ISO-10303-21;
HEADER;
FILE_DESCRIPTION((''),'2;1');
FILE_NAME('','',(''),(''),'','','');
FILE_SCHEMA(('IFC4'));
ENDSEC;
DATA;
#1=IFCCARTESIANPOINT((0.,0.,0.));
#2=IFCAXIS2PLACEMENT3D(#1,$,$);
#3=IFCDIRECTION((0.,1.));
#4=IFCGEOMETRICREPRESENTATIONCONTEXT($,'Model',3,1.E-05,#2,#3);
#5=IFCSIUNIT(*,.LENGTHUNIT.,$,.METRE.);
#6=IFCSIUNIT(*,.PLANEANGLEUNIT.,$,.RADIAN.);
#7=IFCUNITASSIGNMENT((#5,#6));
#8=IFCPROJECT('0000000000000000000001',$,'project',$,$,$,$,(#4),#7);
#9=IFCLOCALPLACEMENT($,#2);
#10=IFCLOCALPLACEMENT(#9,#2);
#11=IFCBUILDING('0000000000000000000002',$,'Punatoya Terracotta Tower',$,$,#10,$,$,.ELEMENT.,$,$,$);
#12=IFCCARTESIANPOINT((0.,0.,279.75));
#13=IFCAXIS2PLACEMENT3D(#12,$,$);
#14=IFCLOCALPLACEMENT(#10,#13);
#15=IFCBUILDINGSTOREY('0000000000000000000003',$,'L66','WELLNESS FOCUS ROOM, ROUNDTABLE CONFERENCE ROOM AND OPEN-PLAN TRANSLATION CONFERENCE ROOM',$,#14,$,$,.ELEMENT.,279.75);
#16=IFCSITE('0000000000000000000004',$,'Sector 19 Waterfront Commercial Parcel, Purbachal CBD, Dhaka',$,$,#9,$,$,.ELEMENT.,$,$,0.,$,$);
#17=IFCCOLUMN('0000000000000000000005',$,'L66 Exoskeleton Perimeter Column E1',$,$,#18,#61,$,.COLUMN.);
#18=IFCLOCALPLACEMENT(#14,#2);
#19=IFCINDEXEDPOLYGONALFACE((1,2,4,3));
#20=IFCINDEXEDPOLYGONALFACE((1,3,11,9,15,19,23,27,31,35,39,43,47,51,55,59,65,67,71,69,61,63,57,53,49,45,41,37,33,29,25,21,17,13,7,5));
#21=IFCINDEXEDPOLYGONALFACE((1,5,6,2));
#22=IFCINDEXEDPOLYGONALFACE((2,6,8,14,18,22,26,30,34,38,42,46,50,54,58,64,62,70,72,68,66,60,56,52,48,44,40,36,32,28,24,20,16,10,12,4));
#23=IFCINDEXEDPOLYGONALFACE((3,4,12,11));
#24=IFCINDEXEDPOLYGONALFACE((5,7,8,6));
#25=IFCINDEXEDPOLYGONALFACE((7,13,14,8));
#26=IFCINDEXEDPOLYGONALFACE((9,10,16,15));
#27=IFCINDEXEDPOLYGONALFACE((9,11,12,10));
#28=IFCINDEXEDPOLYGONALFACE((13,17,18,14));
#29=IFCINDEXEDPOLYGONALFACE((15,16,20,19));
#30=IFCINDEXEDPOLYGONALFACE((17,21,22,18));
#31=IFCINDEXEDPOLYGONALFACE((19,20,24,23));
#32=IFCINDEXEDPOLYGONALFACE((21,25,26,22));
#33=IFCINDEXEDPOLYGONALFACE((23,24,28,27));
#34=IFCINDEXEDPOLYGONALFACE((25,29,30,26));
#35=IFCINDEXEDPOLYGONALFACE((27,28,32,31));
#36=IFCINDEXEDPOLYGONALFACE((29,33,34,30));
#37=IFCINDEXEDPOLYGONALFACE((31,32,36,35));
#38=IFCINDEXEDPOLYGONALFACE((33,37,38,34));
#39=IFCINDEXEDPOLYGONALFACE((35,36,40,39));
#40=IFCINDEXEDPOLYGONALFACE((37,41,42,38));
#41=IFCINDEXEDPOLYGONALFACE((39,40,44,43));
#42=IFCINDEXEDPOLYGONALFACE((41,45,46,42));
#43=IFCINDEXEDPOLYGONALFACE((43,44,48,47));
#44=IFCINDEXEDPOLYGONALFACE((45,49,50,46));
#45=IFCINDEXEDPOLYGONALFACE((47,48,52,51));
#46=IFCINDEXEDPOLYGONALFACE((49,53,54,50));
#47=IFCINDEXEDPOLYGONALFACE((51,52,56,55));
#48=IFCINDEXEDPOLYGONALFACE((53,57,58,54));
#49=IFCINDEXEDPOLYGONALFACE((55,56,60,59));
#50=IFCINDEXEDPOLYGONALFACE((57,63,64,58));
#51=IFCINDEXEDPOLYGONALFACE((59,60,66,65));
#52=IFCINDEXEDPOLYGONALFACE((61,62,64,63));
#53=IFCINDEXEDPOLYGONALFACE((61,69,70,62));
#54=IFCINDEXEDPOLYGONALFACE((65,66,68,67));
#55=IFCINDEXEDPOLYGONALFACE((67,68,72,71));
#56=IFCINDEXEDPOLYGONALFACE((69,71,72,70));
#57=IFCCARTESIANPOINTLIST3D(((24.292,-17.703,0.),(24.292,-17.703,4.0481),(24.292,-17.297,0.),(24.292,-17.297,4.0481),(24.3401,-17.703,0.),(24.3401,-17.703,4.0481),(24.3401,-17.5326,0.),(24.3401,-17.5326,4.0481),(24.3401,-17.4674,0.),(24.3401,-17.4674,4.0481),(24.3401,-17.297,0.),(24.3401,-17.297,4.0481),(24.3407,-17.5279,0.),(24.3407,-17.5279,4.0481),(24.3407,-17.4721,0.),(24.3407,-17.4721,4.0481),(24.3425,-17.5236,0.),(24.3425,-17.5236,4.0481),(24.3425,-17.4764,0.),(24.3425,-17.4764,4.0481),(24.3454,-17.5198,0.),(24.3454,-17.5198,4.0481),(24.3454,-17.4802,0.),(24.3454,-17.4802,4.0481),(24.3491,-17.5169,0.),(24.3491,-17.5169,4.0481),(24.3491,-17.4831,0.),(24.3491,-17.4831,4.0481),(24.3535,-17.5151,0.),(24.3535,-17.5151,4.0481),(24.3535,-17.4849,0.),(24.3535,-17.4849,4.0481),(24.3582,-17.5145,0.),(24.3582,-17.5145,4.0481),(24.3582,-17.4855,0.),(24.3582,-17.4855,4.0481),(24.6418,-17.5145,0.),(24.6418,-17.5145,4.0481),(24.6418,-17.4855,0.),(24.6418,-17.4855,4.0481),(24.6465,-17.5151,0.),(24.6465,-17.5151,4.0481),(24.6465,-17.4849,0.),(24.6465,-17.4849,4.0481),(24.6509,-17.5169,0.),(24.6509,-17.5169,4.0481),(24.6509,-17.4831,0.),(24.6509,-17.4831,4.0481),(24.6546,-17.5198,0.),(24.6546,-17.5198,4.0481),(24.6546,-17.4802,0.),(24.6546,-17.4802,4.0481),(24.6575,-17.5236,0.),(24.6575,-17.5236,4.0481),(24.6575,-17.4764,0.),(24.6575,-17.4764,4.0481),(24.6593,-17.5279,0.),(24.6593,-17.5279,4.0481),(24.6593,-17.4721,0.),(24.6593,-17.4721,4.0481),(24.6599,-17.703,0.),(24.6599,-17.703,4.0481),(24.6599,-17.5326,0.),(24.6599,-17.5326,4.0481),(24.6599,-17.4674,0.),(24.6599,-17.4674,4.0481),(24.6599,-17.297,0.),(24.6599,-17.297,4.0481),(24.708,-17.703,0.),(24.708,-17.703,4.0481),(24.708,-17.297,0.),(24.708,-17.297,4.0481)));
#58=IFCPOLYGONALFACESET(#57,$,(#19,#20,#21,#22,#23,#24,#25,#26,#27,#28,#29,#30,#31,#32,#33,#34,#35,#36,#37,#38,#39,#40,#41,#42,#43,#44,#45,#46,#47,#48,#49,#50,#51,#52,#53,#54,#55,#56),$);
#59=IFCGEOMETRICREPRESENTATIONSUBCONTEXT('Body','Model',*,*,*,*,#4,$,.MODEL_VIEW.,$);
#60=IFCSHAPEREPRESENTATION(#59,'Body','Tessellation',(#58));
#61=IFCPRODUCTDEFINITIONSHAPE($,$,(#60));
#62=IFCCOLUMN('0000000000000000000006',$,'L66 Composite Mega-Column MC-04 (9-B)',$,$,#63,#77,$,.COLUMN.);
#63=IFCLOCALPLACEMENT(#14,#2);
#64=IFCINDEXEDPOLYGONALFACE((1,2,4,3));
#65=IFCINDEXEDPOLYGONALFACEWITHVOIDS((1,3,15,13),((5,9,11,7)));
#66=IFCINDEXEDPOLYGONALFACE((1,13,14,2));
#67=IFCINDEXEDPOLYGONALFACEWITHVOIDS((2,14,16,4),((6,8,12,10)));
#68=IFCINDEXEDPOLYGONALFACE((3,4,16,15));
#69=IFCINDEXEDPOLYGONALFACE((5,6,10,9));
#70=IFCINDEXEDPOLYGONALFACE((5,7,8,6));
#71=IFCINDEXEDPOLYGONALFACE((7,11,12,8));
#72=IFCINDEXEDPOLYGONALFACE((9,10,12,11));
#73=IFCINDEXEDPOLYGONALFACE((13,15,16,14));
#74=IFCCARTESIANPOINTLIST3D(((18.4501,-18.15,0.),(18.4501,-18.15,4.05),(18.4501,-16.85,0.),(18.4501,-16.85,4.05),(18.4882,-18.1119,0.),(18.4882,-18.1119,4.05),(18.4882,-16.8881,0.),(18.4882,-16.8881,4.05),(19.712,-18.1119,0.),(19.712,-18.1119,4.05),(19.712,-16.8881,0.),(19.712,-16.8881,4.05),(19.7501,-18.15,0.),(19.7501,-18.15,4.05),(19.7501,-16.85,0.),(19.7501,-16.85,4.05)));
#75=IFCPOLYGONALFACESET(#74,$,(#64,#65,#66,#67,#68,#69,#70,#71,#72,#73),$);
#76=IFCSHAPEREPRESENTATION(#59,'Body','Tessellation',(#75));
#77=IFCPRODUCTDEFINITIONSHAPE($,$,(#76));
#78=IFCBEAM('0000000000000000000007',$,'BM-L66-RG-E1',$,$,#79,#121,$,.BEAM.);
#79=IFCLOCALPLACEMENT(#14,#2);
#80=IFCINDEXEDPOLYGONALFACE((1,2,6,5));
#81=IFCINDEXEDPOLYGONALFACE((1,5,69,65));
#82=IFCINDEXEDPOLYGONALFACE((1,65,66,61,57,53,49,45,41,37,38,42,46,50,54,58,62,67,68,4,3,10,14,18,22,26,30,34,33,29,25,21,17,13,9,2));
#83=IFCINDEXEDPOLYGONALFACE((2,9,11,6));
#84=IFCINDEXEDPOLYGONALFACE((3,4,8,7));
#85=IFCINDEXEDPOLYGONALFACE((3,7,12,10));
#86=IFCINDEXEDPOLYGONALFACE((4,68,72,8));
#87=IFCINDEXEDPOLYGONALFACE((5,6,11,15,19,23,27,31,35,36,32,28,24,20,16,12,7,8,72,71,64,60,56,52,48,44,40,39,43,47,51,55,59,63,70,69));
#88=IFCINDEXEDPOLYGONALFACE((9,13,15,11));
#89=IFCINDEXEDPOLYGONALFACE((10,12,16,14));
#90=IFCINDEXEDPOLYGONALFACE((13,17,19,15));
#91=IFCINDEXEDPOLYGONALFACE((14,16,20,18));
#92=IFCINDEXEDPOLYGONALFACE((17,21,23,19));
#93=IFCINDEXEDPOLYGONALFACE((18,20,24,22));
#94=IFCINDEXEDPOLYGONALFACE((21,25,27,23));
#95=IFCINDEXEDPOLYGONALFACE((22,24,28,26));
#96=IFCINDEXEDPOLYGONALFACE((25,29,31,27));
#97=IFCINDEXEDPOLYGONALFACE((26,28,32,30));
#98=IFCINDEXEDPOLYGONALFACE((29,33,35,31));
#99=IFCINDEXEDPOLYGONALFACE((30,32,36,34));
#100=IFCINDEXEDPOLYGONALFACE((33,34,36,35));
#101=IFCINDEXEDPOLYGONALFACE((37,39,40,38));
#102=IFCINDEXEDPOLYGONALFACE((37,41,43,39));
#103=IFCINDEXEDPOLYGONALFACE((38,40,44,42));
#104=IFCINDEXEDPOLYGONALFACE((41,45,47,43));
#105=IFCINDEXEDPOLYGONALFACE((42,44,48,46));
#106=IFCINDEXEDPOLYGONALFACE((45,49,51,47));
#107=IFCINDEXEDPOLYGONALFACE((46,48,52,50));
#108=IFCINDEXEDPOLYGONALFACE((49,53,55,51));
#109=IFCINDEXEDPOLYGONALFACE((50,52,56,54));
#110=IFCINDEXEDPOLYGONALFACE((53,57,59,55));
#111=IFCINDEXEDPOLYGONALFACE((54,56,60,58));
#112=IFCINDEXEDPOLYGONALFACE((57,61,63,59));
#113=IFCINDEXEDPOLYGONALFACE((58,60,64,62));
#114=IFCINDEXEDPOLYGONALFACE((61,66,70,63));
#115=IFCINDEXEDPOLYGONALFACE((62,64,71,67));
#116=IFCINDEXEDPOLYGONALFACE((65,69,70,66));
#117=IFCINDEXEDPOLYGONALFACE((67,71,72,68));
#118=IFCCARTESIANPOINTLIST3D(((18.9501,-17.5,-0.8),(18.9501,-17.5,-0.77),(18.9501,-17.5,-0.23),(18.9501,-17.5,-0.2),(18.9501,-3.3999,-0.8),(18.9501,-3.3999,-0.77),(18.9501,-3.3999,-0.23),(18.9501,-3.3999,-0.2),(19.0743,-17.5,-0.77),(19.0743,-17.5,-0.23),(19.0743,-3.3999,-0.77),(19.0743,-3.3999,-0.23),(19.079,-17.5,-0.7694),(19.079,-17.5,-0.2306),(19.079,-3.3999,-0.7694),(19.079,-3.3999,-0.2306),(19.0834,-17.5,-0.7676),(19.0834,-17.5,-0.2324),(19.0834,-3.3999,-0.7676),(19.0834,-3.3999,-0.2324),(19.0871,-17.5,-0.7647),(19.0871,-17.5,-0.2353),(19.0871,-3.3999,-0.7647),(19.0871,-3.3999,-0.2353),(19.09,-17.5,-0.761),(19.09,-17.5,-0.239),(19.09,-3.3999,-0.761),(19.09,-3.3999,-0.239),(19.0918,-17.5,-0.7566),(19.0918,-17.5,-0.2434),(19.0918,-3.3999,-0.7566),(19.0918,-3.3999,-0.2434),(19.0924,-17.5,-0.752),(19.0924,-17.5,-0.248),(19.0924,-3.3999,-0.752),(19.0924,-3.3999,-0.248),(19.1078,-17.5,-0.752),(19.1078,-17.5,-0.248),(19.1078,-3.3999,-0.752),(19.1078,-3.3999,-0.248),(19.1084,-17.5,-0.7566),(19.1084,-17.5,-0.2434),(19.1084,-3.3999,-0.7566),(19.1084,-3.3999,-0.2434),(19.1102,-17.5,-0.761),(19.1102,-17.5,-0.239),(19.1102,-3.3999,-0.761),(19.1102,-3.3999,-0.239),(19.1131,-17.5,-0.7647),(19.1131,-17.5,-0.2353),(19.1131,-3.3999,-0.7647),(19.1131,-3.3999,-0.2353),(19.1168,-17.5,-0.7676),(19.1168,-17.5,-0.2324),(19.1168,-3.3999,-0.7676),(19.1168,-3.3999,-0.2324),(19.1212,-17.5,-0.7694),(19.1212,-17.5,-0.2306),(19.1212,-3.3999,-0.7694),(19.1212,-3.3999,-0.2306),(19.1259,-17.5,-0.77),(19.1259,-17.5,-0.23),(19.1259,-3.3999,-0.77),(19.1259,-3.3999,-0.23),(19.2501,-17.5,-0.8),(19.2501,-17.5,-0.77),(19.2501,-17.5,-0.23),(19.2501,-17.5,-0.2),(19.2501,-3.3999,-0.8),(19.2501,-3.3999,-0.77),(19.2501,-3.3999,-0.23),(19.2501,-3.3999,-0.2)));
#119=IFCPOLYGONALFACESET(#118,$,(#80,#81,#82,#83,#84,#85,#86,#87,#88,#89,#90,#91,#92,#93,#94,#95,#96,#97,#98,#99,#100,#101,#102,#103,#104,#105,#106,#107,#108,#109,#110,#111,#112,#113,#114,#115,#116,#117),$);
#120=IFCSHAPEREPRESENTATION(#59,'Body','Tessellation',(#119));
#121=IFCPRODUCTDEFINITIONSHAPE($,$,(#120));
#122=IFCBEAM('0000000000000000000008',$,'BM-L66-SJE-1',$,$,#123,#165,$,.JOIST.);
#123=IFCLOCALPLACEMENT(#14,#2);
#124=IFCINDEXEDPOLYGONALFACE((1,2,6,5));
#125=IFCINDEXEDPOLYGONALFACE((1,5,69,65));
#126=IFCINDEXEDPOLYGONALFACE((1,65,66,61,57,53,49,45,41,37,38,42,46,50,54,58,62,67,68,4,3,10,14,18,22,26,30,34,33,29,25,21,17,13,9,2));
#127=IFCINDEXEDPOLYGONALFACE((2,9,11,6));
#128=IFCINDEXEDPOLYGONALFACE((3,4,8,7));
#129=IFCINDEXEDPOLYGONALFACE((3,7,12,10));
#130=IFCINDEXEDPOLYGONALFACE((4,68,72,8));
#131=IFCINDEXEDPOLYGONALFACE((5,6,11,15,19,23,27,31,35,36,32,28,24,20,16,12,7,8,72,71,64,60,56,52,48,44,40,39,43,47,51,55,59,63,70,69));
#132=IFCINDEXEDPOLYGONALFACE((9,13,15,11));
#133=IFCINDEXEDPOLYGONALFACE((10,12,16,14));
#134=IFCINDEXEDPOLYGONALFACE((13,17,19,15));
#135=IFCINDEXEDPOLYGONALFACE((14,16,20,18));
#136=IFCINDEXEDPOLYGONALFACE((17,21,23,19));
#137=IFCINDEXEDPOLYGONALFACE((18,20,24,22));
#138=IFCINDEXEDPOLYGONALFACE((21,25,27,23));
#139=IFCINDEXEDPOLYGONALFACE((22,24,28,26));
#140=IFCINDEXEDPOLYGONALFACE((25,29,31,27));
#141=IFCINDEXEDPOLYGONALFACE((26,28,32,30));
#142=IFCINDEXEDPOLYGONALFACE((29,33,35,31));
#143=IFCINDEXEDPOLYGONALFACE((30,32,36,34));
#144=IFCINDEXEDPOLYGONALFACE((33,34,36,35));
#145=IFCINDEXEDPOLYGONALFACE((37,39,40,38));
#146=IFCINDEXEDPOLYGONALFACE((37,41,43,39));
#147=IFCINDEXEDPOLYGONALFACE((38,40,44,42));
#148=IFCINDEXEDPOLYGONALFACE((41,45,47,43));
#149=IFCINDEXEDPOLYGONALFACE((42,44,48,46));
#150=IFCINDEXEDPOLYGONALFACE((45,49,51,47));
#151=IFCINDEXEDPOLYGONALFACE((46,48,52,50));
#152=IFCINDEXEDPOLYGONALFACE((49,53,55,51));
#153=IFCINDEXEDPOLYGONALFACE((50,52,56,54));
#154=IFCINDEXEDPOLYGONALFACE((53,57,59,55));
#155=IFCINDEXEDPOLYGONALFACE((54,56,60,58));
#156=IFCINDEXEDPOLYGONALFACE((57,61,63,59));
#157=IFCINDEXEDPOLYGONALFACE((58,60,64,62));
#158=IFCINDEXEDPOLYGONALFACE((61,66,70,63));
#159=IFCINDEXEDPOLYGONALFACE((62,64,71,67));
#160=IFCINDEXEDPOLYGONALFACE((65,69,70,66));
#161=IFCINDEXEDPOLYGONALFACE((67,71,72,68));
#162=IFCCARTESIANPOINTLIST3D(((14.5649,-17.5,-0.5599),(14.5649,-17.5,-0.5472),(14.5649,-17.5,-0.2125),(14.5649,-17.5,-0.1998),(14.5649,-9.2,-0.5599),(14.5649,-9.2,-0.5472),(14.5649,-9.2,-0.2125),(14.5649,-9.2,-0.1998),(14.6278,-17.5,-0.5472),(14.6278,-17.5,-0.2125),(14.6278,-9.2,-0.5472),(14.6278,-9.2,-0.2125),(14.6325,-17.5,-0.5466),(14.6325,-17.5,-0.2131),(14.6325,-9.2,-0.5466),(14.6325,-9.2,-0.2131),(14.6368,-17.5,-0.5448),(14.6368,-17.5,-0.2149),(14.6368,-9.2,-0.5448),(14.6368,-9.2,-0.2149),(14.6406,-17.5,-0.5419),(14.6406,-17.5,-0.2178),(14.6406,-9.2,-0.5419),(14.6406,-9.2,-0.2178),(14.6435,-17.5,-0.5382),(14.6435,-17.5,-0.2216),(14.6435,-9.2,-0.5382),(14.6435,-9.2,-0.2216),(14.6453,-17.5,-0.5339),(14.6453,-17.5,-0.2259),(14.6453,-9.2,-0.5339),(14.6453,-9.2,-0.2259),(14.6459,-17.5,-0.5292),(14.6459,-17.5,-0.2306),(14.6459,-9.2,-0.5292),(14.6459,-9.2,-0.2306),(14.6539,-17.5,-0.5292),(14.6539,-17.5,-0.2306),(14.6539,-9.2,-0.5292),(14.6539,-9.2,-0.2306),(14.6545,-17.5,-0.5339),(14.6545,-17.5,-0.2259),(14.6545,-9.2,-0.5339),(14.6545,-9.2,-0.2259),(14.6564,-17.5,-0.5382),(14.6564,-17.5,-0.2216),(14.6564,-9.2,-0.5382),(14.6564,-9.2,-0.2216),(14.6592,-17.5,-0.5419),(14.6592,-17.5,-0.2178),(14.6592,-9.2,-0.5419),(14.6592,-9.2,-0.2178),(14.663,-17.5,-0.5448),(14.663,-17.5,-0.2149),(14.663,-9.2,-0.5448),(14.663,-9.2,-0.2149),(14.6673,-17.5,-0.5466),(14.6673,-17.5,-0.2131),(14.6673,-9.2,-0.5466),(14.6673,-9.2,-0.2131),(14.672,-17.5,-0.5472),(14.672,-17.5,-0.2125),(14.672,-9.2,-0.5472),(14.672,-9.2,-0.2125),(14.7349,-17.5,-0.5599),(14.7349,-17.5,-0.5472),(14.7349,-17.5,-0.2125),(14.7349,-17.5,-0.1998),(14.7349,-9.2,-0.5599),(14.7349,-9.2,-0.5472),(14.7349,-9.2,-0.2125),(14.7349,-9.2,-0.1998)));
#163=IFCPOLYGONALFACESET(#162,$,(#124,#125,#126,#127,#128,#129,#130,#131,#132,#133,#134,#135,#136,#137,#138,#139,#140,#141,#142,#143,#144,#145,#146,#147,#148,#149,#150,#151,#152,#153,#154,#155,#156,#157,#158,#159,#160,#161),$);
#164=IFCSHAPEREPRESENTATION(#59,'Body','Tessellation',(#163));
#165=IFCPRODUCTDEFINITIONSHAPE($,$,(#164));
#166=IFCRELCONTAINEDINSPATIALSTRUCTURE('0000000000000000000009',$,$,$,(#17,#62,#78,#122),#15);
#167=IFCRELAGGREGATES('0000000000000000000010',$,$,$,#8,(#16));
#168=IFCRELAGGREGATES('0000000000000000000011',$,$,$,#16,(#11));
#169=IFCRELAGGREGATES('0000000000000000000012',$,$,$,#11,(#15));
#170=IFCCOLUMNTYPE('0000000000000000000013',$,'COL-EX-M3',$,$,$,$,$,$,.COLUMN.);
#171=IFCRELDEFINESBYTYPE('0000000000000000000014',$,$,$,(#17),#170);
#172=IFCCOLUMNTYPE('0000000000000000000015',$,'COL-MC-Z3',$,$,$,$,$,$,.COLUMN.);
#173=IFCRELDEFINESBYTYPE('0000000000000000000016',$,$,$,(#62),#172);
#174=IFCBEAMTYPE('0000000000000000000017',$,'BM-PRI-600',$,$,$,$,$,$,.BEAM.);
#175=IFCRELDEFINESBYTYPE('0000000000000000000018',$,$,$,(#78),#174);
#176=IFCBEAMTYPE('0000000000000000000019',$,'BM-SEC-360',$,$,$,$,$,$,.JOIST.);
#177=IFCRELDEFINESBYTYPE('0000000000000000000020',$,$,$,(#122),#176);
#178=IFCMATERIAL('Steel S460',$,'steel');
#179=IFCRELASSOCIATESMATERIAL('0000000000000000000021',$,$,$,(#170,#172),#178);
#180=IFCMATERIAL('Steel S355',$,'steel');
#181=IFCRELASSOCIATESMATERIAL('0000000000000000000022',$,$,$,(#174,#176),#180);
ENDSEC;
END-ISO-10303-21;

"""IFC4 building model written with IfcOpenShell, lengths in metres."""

from ifc_helpers import new_model, si_unit, direction, frame, origin, origin_2d, place, context, subcontext, project, spatial, hollow_rectangle, i_section, extrude, material, material_profile, profile_set, type_object, element, save


model = new_model("IFC4")

# Units and contexts
model_context = context("Model", 3, precision=1e-05, world=origin(), true_north=direction((0.0, 1.0)))
body_context = subcontext(model_context, "Body", "Model", "MODEL_VIEW")
ifc_project = project(units=[si_unit("LENGTHUNIT", "METRE"), si_unit("PLANEANGLEUNIT", "RADIAN")], contexts=[model_context])

# Site, building, storey
site_placement = place(None, origin())
site = spatial("IfcSite", under=ifc_project, at=site_placement, Name="Sector 19 Waterfront Commercial Parcel, Purbachal CBD, Dhaka", CompositionType="ELEMENT", RefElevation=0.0)
building_placement = place(site_placement, origin())
building = spatial("IfcBuilding", under=site, at=building_placement, Name="Punatoya Terracotta Tower", CompositionType="ELEMENT")
storey_placement = place(building_placement, frame((0.0, 0.0, 279.75)))
storey = spatial("IfcBuildingStorey", under=building, at=storey_placement, Name="L66", Description="WELLNESS FOCUS ROOM, ROUNDTABLE CONFERENCE ROOM AND OPEN-PLAN TRANSLATION CONFERENCE ROOM", CompositionType="ELEMENT", Elevation=279.75)

# Columns
ifc_material_1 = material(Name="Steel S460", Category="steel")
ifc_material_profile_1 = material_profile(ifc_material_1, i_section(OverallWidth=0.406, OverallDepth=0.416, WebThickness=0.0291, FlangeThickness=0.0481, FilletRadius=0.0181, at=origin_2d()))
ifc_profile_set_1 = profile_set([ifc_material_profile_1], Name="Steel S460")
column_type_1 = type_object("IfcColumnType", Name="COL-EX-M3", PredefinedType="COLUMN", material=ifc_profile_set_1)
column_1_placement = place(storey_placement, frame((24.5, -17.5, 0.0), z_axis=(0.0, 0.0, 1.0), x_axis=(0.0, 1.0, 0.0)))
element("IfcColumn", 1, at=column_1_placement, inside=storey, type_object=column_type_1, Name="L66 Exoskeleton Perimeter Column E1", PredefinedType="COLUMN", context=body_context, shape_type="SweptSolid", body=[
    extrude(i_section(OverallWidth=0.406, OverallDepth=0.416, WebThickness=0.0291, FlangeThickness=0.0481, FilletRadius=0.0181, at=origin_2d()), origin(), (0.0, 0.0, 1.0), 4.0481),
])
ifc_material_profile_2 = material_profile(ifc_material_1, hollow_rectangle(XDim=1.3, YDim=1.3, WallThickness=0.0381, at=origin_2d()))
ifc_profile_set_2 = profile_set([ifc_material_profile_2], Name="Steel S460")
column_type_2 = type_object("IfcColumnType", Name="COL-MC-Z3", PredefinedType="COLUMN", material=ifc_profile_set_2)
column_2_placement = place(storey_placement, frame((19.1001, -17.5, 0.0), z_axis=(0.0, 0.0, 1.0), x_axis=(1.0, 0.0, 0.0)))
element("IfcColumn", 2, at=column_2_placement, inside=storey, type_object=column_type_2, Name="L66 Composite Mega-Column MC-04 (9-B)", PredefinedType="COLUMN", context=body_context, shape_type="SweptSolid", body=[
    extrude(hollow_rectangle(XDim=1.3, YDim=1.3, WallThickness=0.0381, at=origin_2d()), origin(), (0.0, 0.0, 1.0), 4.05),
])

# Beams
ifc_material_2 = material(Name="Steel S355", Category="steel")
ifc_material_profile_3 = material_profile(ifc_material_2, i_section(OverallWidth=0.3, OverallDepth=0.6001, WebThickness=0.0154, FlangeThickness=0.03, FilletRadius=0.0181, at=origin_2d()))
ifc_profile_set_3 = profile_set([ifc_material_profile_3], Name="Steel S355")
beam_type_1 = type_object("IfcBeamType", Name="BM-PRI-600", PredefinedType="BEAM", material=ifc_profile_set_3)
beam_1_placement = place(storey_placement, frame((19.1001, -17.5, -0.5), z_axis=(0.0, 1.0, 0.0), x_axis=(-1.0, 0.0, 0.0)))
element("IfcBeam", 3, at=beam_1_placement, inside=storey, type_object=beam_type_1, Name="BM-L66-RG-E1", PredefinedType="BEAM", context=body_context, shape_type="SweptSolid", body=[
    extrude(i_section(OverallWidth=0.3, OverallDepth=0.6001, WebThickness=0.0154, FlangeThickness=0.03, FilletRadius=0.0181, at=origin_2d()), origin(), (0.0, 0.0, 1.0), 14.1001),
])
ifc_material_profile_4 = material_profile(ifc_material_2, i_section(OverallWidth=0.1699, OverallDepth=0.3601, WebThickness=0.0081, FlangeThickness=0.0127, FilletRadius=0.0181, at=origin_2d()))
ifc_profile_set_4 = profile_set([ifc_material_profile_4], Name="Steel S355")
beam_type_2 = type_object("IfcBeamType", Name="BM-SEC-360", PredefinedType="JOIST", material=ifc_profile_set_4)
beam_2_placement = place(storey_placement, frame((14.6499, -17.5, -0.3799), z_axis=(0.0, 1.0, 0.0), x_axis=(-1.0, 0.0, 0.0)))
element("IfcBeam", 4, at=beam_2_placement, inside=storey, type_object=beam_type_2, Name="BM-L66-SJE-1", PredefinedType="JOIST", context=body_context, shape_type="SweptSolid", body=[
    extrude(i_section(OverallWidth=0.1699, OverallDepth=0.3601, WebThickness=0.0081, FlangeThickness=0.0127, FilletRadius=0.0181, at=origin_2d()), origin(), (0.0, 0.0, 1.0), 8.3),
])

save(model, "model.ifc")
